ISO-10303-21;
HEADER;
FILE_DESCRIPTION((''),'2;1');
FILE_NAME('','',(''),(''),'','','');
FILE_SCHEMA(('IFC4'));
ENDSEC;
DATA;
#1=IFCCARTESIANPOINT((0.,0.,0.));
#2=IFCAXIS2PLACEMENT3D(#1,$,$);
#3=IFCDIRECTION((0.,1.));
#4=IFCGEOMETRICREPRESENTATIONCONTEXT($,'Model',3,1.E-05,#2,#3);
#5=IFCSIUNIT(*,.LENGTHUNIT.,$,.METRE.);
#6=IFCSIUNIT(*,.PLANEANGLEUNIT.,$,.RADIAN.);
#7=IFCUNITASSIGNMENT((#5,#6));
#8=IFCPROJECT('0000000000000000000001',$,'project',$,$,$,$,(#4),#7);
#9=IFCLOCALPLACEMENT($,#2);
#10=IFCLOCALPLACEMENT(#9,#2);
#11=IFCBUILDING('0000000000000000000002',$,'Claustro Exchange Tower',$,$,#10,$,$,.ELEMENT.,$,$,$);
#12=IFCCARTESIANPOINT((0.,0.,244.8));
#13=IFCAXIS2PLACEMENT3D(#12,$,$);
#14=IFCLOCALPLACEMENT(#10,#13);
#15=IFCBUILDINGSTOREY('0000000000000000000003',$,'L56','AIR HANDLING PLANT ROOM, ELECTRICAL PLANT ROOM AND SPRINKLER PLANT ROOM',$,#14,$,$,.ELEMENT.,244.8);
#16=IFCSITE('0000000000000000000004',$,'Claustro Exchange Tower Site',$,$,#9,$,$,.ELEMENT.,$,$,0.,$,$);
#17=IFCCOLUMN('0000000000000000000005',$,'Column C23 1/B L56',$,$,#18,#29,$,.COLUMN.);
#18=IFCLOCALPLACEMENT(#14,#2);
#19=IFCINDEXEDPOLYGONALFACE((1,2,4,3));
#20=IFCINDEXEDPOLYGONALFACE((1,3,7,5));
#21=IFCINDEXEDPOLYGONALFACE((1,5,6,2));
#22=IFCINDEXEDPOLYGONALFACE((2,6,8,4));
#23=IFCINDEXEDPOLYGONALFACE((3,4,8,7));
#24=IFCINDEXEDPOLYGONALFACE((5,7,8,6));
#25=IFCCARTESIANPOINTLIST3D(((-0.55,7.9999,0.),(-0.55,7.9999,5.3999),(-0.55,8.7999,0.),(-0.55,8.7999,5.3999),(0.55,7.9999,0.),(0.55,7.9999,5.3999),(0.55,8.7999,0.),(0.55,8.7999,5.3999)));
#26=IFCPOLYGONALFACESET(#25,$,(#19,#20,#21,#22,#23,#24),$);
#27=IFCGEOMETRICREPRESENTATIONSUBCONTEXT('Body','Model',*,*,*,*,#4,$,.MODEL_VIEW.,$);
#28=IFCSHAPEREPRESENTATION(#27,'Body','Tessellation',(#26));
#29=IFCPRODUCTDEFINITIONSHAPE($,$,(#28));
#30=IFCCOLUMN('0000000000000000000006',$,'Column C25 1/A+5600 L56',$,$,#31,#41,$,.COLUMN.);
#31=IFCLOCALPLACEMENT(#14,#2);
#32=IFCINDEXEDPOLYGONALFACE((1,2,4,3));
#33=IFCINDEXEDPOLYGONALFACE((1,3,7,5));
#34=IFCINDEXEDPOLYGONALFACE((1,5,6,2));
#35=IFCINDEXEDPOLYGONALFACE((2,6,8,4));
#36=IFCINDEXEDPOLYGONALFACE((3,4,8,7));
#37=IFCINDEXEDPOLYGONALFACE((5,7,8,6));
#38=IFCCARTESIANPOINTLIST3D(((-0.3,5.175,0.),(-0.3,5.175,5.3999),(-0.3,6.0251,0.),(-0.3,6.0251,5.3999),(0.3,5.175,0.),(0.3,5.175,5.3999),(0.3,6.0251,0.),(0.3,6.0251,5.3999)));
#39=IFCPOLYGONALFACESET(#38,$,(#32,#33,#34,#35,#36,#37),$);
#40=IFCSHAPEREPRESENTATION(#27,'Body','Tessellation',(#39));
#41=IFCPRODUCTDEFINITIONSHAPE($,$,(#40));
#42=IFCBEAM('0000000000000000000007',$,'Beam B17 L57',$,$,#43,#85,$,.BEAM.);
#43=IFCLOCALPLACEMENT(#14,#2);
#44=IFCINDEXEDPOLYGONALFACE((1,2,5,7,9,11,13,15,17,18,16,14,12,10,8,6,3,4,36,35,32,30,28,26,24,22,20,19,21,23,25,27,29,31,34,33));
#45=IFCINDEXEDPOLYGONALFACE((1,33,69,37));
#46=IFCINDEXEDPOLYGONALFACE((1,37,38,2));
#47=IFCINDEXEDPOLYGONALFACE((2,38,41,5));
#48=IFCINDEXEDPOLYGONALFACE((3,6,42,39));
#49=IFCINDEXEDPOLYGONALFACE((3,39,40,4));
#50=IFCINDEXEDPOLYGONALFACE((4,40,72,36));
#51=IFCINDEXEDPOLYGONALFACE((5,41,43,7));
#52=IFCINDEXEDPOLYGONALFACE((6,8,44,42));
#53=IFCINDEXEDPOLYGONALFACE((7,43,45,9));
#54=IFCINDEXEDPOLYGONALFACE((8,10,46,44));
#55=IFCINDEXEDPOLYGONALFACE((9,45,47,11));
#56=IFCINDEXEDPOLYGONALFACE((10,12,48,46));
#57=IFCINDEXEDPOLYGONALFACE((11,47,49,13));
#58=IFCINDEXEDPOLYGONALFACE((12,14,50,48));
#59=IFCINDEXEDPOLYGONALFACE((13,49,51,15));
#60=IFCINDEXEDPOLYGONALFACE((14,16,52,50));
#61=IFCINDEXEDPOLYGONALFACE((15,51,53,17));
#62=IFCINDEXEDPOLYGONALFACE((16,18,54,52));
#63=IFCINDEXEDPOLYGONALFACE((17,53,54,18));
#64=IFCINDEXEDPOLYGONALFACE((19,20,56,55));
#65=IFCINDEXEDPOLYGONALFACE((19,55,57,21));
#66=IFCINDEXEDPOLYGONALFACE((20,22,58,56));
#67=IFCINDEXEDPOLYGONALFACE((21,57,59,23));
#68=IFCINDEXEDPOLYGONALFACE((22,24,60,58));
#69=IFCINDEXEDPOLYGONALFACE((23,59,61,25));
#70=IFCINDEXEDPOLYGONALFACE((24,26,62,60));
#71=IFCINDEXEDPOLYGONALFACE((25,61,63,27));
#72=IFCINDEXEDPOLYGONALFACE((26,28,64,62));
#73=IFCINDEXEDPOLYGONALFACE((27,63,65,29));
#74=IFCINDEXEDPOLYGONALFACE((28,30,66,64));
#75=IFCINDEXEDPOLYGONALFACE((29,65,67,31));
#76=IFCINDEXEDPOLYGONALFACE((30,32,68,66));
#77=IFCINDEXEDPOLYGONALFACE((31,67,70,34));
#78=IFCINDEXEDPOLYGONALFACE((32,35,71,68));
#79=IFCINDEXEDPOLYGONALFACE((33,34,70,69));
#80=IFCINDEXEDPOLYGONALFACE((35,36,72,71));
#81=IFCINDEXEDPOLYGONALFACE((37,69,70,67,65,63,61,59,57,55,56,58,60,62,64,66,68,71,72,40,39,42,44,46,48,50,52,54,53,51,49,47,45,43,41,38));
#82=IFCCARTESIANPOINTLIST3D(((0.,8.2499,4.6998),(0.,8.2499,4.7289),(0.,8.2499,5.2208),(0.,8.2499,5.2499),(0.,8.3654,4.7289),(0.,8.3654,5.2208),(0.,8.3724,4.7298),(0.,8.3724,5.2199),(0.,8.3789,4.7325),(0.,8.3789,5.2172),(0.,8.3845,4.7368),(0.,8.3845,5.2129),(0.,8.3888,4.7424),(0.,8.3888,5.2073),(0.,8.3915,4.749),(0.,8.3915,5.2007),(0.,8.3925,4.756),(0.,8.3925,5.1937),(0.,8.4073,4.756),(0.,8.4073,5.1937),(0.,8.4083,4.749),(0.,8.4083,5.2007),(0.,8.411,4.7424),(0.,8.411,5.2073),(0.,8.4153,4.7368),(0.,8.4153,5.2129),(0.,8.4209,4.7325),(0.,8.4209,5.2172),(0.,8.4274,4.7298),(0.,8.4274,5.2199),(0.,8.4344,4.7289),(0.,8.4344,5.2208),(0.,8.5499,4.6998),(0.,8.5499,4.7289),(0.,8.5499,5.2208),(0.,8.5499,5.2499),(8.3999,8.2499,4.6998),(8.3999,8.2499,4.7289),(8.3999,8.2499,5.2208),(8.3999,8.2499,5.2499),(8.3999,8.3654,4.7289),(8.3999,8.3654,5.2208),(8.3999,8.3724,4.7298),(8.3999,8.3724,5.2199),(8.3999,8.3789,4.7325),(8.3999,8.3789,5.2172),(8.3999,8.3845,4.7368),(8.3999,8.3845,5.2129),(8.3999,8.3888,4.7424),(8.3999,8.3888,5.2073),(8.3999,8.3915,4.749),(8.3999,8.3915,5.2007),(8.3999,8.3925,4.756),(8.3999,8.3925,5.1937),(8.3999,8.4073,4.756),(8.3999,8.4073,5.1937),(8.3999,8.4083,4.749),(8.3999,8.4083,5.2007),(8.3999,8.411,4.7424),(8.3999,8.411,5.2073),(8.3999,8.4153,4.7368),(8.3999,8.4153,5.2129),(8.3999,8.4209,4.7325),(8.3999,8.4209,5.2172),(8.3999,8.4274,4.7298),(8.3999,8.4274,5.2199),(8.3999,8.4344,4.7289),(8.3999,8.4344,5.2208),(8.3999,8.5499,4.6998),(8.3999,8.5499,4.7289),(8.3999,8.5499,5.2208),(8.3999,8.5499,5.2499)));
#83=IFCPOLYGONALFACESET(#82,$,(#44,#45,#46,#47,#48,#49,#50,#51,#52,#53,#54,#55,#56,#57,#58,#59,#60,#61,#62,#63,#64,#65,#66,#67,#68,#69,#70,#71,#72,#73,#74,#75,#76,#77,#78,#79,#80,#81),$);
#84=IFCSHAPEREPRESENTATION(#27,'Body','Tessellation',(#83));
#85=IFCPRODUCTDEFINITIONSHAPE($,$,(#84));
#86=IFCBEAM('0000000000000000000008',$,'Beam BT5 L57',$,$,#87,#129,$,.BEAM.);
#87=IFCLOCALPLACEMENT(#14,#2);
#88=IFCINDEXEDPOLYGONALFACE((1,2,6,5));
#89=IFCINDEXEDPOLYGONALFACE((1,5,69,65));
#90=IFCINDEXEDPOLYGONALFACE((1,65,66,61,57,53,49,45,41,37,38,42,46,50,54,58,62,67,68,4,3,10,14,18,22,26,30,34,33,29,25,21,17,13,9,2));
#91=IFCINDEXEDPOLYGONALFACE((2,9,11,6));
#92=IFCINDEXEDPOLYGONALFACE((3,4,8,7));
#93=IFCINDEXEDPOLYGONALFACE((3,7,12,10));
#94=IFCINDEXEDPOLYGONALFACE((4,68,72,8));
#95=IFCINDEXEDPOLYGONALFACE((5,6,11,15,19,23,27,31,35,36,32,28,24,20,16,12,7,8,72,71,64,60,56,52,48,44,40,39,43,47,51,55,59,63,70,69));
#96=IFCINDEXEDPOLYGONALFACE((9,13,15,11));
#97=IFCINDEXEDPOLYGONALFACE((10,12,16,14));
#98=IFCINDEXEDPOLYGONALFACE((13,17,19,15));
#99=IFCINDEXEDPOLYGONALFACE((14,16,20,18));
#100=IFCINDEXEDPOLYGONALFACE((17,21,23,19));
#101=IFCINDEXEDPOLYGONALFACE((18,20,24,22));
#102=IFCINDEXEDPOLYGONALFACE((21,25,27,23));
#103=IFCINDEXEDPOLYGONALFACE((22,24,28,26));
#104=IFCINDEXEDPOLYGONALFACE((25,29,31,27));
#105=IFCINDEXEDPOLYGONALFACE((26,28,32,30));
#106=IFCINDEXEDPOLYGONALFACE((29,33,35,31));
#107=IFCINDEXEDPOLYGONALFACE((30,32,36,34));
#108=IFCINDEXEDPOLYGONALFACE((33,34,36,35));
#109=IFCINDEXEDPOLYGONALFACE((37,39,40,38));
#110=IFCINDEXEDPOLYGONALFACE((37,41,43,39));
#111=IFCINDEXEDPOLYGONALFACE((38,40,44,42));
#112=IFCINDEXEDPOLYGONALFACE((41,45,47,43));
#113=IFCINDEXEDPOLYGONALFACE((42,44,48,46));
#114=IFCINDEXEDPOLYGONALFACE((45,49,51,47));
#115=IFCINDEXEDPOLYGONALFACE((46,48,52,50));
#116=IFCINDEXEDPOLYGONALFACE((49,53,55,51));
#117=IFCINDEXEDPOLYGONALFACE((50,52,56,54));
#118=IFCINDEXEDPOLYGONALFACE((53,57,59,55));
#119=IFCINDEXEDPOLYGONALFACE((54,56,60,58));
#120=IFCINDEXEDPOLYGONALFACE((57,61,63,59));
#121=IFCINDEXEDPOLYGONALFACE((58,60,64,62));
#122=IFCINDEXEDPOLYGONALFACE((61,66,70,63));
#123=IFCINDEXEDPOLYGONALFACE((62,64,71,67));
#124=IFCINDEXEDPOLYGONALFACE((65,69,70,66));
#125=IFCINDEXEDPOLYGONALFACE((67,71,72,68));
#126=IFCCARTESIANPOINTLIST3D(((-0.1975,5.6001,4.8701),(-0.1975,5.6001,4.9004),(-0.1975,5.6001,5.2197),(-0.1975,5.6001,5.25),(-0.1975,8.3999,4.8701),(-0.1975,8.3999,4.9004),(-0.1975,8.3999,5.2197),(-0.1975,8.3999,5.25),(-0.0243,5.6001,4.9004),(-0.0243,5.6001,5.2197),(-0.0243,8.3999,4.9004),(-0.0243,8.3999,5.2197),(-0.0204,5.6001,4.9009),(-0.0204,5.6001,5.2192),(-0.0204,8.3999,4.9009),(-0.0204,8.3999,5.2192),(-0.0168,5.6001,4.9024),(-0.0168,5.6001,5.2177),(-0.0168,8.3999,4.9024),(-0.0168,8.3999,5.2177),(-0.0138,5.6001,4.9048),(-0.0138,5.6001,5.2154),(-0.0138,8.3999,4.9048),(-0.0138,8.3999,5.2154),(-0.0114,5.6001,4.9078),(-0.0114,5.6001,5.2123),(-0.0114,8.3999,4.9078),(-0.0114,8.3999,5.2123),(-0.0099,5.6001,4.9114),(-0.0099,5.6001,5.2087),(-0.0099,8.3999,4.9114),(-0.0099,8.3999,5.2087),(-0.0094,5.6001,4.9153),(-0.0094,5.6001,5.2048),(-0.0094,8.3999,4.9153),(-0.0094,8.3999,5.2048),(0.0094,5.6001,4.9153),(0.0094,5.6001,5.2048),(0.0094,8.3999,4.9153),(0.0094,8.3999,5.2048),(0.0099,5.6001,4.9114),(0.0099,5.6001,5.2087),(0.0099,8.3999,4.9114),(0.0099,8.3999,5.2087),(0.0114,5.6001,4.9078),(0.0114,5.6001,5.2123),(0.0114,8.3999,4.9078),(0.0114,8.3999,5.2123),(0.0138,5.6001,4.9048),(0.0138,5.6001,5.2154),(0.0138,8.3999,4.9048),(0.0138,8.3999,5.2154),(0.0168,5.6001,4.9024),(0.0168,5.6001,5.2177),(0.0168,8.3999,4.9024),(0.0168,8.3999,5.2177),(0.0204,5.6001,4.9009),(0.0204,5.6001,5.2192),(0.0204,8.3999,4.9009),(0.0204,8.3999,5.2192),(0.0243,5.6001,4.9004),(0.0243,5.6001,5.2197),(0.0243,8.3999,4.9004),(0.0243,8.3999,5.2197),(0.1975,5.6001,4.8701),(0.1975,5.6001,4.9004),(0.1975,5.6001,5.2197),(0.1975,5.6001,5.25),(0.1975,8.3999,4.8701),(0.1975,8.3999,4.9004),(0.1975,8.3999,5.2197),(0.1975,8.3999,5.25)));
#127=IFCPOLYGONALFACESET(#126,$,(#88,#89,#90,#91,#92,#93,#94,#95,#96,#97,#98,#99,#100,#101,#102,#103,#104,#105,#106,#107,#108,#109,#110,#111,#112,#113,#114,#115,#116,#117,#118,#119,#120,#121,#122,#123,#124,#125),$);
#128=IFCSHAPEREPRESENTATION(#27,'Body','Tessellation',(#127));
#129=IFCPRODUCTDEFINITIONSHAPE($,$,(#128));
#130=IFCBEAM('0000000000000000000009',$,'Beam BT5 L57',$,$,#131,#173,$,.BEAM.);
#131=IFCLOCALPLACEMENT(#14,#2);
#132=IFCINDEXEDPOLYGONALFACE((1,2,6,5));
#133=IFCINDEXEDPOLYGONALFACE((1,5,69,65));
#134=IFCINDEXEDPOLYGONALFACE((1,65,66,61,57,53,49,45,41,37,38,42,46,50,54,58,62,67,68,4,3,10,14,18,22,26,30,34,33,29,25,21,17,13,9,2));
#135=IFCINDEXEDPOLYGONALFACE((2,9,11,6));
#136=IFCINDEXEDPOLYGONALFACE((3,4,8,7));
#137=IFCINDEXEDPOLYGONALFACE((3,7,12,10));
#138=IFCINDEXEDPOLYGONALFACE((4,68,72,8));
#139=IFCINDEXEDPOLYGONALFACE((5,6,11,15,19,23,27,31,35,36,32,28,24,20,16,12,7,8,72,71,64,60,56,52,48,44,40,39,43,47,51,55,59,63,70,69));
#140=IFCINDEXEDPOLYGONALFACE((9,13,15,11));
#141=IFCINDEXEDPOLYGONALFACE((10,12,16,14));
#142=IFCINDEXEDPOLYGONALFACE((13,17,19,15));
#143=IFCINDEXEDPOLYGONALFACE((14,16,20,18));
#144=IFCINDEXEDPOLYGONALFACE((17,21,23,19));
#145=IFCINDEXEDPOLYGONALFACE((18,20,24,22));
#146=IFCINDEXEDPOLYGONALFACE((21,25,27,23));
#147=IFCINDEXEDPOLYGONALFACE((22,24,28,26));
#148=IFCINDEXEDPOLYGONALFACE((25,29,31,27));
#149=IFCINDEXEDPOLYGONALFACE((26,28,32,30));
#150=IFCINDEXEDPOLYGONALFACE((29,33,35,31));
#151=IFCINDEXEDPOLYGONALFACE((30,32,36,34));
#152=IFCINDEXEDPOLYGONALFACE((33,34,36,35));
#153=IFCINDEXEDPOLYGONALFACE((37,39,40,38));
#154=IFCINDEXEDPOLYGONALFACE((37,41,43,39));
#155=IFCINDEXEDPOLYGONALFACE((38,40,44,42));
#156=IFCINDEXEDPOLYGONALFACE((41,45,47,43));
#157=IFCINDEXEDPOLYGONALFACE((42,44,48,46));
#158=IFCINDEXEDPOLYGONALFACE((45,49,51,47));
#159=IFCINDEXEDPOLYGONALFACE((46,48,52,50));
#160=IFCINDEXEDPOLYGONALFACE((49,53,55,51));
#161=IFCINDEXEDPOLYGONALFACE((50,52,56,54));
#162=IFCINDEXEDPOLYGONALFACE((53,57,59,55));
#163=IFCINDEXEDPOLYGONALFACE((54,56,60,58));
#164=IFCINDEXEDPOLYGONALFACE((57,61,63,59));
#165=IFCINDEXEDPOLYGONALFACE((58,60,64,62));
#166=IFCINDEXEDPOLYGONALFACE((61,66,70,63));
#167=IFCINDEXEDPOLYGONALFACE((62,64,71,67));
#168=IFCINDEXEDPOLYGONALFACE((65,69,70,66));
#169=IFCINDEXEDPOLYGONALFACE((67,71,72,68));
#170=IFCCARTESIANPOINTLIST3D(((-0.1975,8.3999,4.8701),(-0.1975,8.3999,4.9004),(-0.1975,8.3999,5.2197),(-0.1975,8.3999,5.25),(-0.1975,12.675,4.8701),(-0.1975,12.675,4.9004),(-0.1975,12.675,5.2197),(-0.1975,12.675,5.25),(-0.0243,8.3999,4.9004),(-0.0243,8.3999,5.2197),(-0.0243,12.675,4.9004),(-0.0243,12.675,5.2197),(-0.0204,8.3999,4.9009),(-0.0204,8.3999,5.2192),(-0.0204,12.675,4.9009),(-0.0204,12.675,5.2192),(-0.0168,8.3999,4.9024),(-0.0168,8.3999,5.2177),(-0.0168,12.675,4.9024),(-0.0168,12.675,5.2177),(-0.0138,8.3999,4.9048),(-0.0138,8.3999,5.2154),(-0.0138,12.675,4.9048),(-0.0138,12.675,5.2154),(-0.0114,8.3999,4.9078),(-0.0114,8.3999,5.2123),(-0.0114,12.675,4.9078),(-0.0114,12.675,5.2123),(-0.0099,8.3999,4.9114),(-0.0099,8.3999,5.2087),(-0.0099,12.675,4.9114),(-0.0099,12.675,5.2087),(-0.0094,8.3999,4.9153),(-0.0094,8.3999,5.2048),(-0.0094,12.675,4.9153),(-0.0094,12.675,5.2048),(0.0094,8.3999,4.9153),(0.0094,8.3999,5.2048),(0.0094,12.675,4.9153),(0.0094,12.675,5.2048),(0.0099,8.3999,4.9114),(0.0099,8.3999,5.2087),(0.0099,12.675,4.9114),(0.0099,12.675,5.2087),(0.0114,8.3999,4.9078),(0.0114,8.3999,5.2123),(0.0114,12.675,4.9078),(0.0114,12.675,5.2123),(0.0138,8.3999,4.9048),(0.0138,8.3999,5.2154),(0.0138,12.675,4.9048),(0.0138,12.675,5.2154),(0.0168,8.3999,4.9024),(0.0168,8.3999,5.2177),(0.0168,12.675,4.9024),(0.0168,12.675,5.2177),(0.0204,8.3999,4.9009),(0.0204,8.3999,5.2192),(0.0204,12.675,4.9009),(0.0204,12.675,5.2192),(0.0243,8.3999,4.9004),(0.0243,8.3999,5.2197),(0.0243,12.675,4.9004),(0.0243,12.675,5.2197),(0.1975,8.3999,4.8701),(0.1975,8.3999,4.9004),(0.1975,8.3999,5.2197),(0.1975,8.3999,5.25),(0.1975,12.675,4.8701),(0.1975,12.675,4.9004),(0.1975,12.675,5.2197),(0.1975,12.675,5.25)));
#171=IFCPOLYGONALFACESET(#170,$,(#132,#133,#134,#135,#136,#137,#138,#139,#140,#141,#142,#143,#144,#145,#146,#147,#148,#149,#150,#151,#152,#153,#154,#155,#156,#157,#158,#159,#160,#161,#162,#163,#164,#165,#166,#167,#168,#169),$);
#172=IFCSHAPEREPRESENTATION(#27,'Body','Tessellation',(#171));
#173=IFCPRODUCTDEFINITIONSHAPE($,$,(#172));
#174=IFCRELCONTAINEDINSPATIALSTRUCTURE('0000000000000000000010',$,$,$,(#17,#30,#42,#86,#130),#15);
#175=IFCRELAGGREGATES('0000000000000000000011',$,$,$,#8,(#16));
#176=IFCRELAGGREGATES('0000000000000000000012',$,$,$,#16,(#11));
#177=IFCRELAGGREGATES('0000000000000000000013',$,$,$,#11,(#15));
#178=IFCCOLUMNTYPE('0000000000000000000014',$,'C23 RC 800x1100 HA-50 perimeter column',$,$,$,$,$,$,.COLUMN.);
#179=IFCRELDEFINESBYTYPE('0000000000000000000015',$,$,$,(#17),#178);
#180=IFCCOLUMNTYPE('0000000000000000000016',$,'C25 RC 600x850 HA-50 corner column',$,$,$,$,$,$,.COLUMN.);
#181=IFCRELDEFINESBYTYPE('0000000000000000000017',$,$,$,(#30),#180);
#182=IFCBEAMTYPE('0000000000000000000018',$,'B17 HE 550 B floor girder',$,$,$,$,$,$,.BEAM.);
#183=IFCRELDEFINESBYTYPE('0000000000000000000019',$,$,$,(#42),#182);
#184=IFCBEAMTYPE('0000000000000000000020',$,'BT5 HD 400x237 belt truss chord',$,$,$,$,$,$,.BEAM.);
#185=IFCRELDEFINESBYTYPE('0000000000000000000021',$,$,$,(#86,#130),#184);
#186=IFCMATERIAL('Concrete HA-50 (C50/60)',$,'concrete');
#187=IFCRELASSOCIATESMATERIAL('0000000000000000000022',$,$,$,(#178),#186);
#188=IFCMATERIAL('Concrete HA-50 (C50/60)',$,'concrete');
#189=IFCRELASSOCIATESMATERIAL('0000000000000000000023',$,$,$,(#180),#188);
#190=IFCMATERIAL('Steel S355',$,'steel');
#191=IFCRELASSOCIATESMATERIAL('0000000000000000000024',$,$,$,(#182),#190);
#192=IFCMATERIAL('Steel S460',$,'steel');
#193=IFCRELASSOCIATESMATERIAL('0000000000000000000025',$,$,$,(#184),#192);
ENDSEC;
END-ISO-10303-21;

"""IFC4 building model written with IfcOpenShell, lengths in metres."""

from ifc_helpers import new_model, si_unit, direction, frame, origin, origin_2d, place, context, subcontext, project, spatial, rectangle, i_section, extrude, material, material_profile, profile_set, type_object, element, save


model = new_model("IFC4")

# Units and contexts
model_context = context("Model", 3, precision=1e-05, world=origin(), true_north=direction((0.0, 1.0)))
body_context = subcontext(model_context, "Body", "Model", "MODEL_VIEW")
ifc_project = project(units=[si_unit("LENGTHUNIT", "METRE"), si_unit("PLANEANGLEUNIT", "RADIAN")], contexts=[model_context])

# Site, building, storey
site_placement = place(None, origin())
site = spatial("IfcSite", under=ifc_project, at=site_placement, Name="Claustro Exchange Tower Site", CompositionType="ELEMENT", RefElevation=0.0)
building_placement = place(site_placement, origin())
building = spatial("IfcBuilding", under=site, at=building_placement, Name="Claustro Exchange Tower", CompositionType="ELEMENT")
storey_placement = place(building_placement, frame((0.0, 0.0, 244.8)))
storey = spatial("IfcBuildingStorey", under=building, at=storey_placement, Name="L56", Description="AIR HANDLING PLANT ROOM, ELECTRICAL PLANT ROOM AND SPRINKLER PLANT ROOM", CompositionType="ELEMENT", Elevation=244.8)

# Columns
ifc_material_1 = material(Name="Concrete HA-50 (C50/60)", Category="concrete")
ifc_material_profile_1 = material_profile(ifc_material_1, rectangle(XDim=0.8, YDim=1.1001, at=origin_2d()), Name="RC 800x1100")
ifc_profile_set_1 = profile_set([ifc_material_profile_1], Name="Concrete HA-50 (C50/60)")
column_type_1 = type_object("IfcColumnType", Name="C23 RC 800x1100 HA-50 perimeter column", PredefinedType="COLUMN", material=ifc_profile_set_1)
column_1_placement = place(storey_placement, frame((0.0, 8.3999, 0.0), z_axis=(0.0, 0.0, 1.0), x_axis=(0.0, 1.0, 0.0)))
element("IfcColumn", 1, at=column_1_placement, inside=storey, type_object=column_type_1, Name="Column C23 1/B L56", PredefinedType="COLUMN", context=body_context, shape_type="SweptSolid", body=[
    extrude(rectangle(XDim=0.8, YDim=1.1001, at=origin_2d()), origin(), (0.0, 0.0, 1.0), 5.3999),
])
ifc_material_2 = material(Name="Concrete HA-50 (C50/60)", Category="concrete")
ifc_material_profile_2 = material_profile(ifc_material_2, rectangle(XDim=0.6001, YDim=0.8501, at=origin_2d()), Name="RC 600x850")
ifc_profile_set_2 = profile_set([ifc_material_profile_2], Name="Concrete HA-50 (C50/60)")
column_type_2 = type_object("IfcColumnType", Name="C25 RC 600x850 HA-50 corner column", PredefinedType="COLUMN", material=ifc_profile_set_2)
column_2_placement = place(storey_placement, frame((0.0, 5.6001, 0.0), z_axis=(0.0, 0.0, 1.0), x_axis=(1.0, 0.0, 0.0)))
element("IfcColumn", 2, at=column_2_placement, inside=storey, type_object=column_type_2, Name="Column C25 1/A+5600 L56", PredefinedType="COLUMN", context=body_context, shape_type="SweptSolid", body=[
    extrude(rectangle(XDim=0.6001, YDim=0.8501, at=origin_2d()), origin(), (0.0, 0.0, 1.0), 5.3999),
])

# Beams
ifc_material_3 = material(Name="Steel S355", Category="steel")
ifc_material_profile_3 = material_profile(ifc_material_3, i_section(OverallWidth=0.3, OverallDepth=0.55, WebThickness=0.0149, FlangeThickness=0.0291, FilletRadius=0.0271, at=origin_2d()), Name="HE 550 B")
ifc_profile_set_3 = profile_set([ifc_material_profile_3], Name="Steel S355")
beam_type_1 = type_object("IfcBeamType", Name="B17 HE 550 B floor girder", PredefinedType="BEAM", material=ifc_profile_set_3)
beam_1_placement = place(storey_placement, frame((0.0, 8.3999, 4.9749), z_axis=(1.0, 0.0, 0.0), x_axis=(0.0, 1.0, 0.0)))
element("IfcBeam", 3, at=beam_1_placement, inside=storey, type_object=beam_type_1, Name="Beam B17 L57", PredefinedType="BEAM", context=body_context, shape_type="SweptSolid", body=[
    extrude(i_section(OverallWidth=0.3, OverallDepth=0.55, WebThickness=0.0149, FlangeThickness=0.0291, FilletRadius=0.0271, at=origin_2d()), origin(), (0.0, 0.0, 1.0), 8.3999),
])
ifc_material_4 = material(Name="Steel S460", Category="steel")
ifc_material_profile_4 = material_profile(ifc_material_4, i_section(OverallWidth=0.395, OverallDepth=0.3799, WebThickness=0.0188, FlangeThickness=0.0303, FilletRadius=0.0149, at=origin_2d()), Name="HD 400x237")
ifc_profile_set_4 = profile_set([ifc_material_profile_4], Name="Steel S460")
beam_type_2 = type_object("IfcBeamType", Name="BT5 HD 400x237 belt truss chord", PredefinedType="BEAM", material=ifc_profile_set_4)
beam_2_placement = place(storey_placement, frame((0.0, 5.6001, 5.0601), z_axis=(0.0, 1.0, 0.0), x_axis=(-1.0, 0.0, 0.0)))
element("IfcBeam", 4, at=beam_2_placement, inside=storey, type_object=beam_type_2, Name="Beam BT5 L57", PredefinedType="BEAM", context=body_context, shape_type="SweptSolid", body=[
    extrude(i_section(OverallWidth=0.395, OverallDepth=0.3799, WebThickness=0.0188, FlangeThickness=0.0303, FilletRadius=0.0149, at=origin_2d()), origin(), (0.0, 0.0, 1.0), 2.7998),
])
beam_3_placement = place(storey_placement, frame((0.0, 8.3999, 5.0601), z_axis=(0.0, 1.0, 0.0), x_axis=(-1.0, 0.0, 0.0)))
element("IfcBeam", 5, at=beam_3_placement, inside=storey, type_object=beam_type_2, Name="Beam BT5 L57", PredefinedType="BEAM", context=body_context, shape_type="SweptSolid", body=[
    extrude(i_section(OverallWidth=0.395, OverallDepth=0.3799, WebThickness=0.0188, FlangeThickness=0.0303, FilletRadius=0.0149, at=origin_2d()), origin(), (0.0, 0.0, 1.0), 4.2751),
])

save(model, "model.ifc")
